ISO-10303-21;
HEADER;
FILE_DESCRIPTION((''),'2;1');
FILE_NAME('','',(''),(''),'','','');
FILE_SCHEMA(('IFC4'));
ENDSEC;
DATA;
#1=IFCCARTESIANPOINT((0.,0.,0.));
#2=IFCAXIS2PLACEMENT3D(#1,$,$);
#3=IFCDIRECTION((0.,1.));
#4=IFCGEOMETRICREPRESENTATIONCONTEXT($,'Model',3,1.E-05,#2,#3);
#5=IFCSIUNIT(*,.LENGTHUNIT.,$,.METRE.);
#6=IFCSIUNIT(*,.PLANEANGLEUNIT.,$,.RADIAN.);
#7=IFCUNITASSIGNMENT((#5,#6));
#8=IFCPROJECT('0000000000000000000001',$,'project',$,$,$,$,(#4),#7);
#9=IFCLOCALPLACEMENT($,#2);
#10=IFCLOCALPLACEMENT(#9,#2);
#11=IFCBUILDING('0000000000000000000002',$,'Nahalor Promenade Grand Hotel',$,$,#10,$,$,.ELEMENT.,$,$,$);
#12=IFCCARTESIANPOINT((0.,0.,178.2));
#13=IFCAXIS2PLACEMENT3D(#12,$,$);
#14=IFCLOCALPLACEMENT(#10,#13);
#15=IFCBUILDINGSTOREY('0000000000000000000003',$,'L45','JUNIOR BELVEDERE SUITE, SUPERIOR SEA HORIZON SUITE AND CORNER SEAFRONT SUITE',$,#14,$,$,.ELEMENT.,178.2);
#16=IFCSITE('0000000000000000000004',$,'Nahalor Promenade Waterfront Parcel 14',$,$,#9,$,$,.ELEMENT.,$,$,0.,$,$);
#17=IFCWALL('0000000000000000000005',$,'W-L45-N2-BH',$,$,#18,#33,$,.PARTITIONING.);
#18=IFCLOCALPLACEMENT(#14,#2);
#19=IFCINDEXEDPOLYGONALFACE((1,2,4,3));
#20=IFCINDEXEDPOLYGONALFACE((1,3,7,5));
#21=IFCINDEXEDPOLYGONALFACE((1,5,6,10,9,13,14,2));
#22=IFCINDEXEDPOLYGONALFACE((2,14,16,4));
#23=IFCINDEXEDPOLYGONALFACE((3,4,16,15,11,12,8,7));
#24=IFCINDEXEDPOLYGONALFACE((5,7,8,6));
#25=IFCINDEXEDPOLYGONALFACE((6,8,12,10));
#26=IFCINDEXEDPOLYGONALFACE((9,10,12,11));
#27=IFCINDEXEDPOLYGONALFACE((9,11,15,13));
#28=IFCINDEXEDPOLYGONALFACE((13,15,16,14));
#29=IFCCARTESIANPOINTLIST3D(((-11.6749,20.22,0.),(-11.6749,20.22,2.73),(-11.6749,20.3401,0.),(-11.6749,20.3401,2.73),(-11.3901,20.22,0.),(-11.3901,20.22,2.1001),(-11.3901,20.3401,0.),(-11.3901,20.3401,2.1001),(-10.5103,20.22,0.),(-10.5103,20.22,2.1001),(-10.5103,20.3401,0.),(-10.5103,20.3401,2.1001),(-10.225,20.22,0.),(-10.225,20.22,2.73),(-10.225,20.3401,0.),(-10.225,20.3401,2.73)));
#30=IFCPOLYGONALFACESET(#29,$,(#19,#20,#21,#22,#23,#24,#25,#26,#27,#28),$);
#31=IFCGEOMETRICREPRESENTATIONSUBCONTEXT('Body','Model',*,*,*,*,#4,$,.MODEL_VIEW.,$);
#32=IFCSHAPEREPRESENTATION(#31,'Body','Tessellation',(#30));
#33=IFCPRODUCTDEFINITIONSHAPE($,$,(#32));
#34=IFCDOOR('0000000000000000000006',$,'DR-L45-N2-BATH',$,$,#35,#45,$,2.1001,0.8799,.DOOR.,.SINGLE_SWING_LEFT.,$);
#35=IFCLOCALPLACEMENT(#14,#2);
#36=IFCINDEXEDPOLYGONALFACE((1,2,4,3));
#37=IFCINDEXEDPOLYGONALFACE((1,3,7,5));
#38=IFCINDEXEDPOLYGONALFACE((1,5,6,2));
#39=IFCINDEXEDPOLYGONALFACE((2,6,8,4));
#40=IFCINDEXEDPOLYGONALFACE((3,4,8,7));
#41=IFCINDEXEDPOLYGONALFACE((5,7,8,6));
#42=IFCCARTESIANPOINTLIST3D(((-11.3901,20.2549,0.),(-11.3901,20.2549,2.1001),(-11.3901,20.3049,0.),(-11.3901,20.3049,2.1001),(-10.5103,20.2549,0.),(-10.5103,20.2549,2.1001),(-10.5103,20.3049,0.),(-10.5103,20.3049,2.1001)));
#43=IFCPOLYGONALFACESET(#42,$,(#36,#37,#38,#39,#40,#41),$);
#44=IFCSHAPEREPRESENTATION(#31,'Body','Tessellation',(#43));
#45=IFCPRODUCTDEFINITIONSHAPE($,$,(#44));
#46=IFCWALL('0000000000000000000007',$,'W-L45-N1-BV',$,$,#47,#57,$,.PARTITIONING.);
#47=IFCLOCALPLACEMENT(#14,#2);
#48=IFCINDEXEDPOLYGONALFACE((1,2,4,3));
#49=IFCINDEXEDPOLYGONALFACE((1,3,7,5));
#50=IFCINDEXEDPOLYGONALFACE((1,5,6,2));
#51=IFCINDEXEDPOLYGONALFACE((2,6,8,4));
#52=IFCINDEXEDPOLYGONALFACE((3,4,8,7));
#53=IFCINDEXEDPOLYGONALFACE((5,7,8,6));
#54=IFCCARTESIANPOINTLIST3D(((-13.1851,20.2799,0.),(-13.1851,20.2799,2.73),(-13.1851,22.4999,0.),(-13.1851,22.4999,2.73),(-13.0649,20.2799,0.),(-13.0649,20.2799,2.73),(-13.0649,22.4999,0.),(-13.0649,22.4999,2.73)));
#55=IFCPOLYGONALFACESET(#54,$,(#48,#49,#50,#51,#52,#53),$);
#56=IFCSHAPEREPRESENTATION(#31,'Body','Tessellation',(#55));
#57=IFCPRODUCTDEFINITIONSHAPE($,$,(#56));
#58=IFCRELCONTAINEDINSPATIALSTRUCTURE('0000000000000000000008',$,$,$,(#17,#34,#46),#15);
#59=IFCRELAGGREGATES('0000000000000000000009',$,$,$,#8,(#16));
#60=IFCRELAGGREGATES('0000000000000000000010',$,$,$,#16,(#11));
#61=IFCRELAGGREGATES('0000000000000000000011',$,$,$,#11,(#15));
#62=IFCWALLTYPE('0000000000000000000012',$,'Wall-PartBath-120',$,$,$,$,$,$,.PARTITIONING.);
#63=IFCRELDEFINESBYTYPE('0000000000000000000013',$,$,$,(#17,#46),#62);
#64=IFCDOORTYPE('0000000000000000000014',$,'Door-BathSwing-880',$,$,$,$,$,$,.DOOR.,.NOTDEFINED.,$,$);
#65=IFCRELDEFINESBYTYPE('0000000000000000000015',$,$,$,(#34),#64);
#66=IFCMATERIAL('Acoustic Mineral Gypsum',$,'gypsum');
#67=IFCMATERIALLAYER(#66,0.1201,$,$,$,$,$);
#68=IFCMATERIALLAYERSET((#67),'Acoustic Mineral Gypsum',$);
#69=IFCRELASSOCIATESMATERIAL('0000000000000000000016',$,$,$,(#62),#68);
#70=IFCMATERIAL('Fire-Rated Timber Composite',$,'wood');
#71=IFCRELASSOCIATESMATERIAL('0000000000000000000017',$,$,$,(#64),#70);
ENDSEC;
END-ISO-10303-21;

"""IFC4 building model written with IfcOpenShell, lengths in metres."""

from ifc_helpers import new_model, si_unit, direction, frame, frame_2d, origin, place, context, subcontext, project, spatial, rectangle, extrude, source, transform, mapped, material, layer, layer_set, type_object, element, fill, save


model = new_model("IFC4")

# Units and contexts
model_context = context("Model", 3, precision=1e-05, world=origin(), true_north=direction((0.0, 1.0)))
body_context = subcontext(model_context, "Body", "Model", "MODEL_VIEW")
ifc_project = project(units=[si_unit("LENGTHUNIT", "METRE"), si_unit("PLANEANGLEUNIT", "RADIAN")], contexts=[model_context])

# Site, building, storey
site_placement = place(None, origin())
site = spatial("IfcSite", under=ifc_project, at=site_placement, Name="Nahalor Promenade Waterfront Parcel 14", CompositionType="ELEMENT", RefElevation=0.0)
building_placement = place(site_placement, origin())
building = spatial("IfcBuilding", under=site, at=building_placement, Name="Nahalor Promenade Grand Hotel", CompositionType="ELEMENT")
storey_placement = place(building_placement, frame((0.0, 0.0, 178.2)))
storey = spatial("IfcBuildingStorey", under=building, at=storey_placement, Name="L45", Description="JUNIOR BELVEDERE SUITE, SUPERIOR SEA HORIZON SUITE AND CORNER SEAFRONT SUITE", CompositionType="ELEMENT", Elevation=178.2)

# Wall, opening, door
ifc_material_1 = material(Name="Acoustic Mineral Gypsum", Category="gypsum")
ifc_layer_1 = layer(ifc_material_1, 0.1201)
ifc_layer_set_1 = layer_set([ifc_layer_1], Name="Acoustic Mineral Gypsum")
wall_type_1 = type_object("IfcWallType", Name="Wall-PartBath-120", PredefinedType="PARTITIONING", material=ifc_layer_set_1)
shared_shape_1 = source(origin(), body_context, "Body", "SweptSolid", [
    extrude(rectangle(XDim=1.45, YDim=0.1201, at=frame_2d((0.7251, 0.0))), origin(), (0.0, 0.0, 1.0), 2.73),
])
ifc_material_2 = material(Name="Fire-Rated Timber Composite", Category="wood")
door_type = type_object("IfcDoorType", Name="Door-BathSwing-880", OperationType="NOTDEFINED", PredefinedType="DOOR", material=ifc_material_2)
shared_shape_2 = source(origin(), body_context, "Body", "SweptSolid", [
    extrude(rectangle(XDim=0.8799, YDim=2.1001, at=frame_2d((0.4399, 1.05))), frame((0.0, 0.0249, 0.0), z_axis=(0.0, -1.0, 0.0), x_axis=(1.0, 0.0, 0.0)), (0.0, 0.0, 1.0), 0.05),
])
wall_1_placement = place(storey_placement, frame((-11.675, 20.28, 0.0), z_axis=(0.0, 0.0, 1.0), x_axis=(1.0, 0.0, 0.0)))
wall_1 = element("IfcWall", 1, at=wall_1_placement, inside=storey, type_object=wall_type_1, Name="W-L45-N2-BH", PredefinedType="PARTITIONING", context=body_context, shape_type="MappedRepresentation", body=[
    mapped(shared_shape_1, transform((0.0, 0.0, 0.0), scale=1.0)),
])
opening_1_placement = place(wall_1_placement, frame((0.2849, 0.0, 0.0)))
opening_1 = element("IfcOpeningElement", 2, at=opening_1_placement, cuts=wall_1, PredefinedType="OPENING", context=body_context, shape_type="SweptSolid", body=[
    extrude(rectangle(XDim=0.8799, YDim=2.1001, at=frame_2d((0.4399, 1.05))), frame((0.0, 0.0701, 0.0), z_axis=(0.0, -1.0, 0.0), x_axis=(1.0, 0.0, 0.0)), (0.0, 0.0, 1.0), 0.1401),
])
door_1_placement = place(opening_1_placement, origin())
door_1 = element("IfcDoor", 3, at=door_1_placement, inside=storey, type_object=door_type, Name="DR-L45-N2-BATH", OperationType="SINGLE_SWING_LEFT", OverallHeight=2.1001, OverallWidth=0.8799, PredefinedType="DOOR", context=body_context, shape_type="MappedRepresentation", body=[
    mapped(shared_shape_2, transform((0.0, 0.0, 0.0), scale=1.0)),
])
fill(opening_1, door_1)

# Wall
shared_shape_3 = source(origin(), body_context, "Body", "SweptSolid", [
    extrude(rectangle(XDim=2.22, YDim=0.1201, at=frame_2d((1.1099, 0.0))), origin(), (0.0, 0.0, 1.0), 2.73),
])
wall_2_placement = place(storey_placement, frame((-13.125, 20.28, 0.0), z_axis=(0.0, 0.0, 1.0), x_axis=(0.0, 1.0, 0.0)))
element("IfcWall", 4, at=wall_2_placement, inside=storey, type_object=wall_type_1, Name="W-L45-N1-BV", PredefinedType="PARTITIONING", context=body_context, shape_type="MappedRepresentation", body=[
    mapped(shared_shape_3, transform((0.0, 0.0, 0.0), scale=1.0)),
])

save(model, "model.ifc")
